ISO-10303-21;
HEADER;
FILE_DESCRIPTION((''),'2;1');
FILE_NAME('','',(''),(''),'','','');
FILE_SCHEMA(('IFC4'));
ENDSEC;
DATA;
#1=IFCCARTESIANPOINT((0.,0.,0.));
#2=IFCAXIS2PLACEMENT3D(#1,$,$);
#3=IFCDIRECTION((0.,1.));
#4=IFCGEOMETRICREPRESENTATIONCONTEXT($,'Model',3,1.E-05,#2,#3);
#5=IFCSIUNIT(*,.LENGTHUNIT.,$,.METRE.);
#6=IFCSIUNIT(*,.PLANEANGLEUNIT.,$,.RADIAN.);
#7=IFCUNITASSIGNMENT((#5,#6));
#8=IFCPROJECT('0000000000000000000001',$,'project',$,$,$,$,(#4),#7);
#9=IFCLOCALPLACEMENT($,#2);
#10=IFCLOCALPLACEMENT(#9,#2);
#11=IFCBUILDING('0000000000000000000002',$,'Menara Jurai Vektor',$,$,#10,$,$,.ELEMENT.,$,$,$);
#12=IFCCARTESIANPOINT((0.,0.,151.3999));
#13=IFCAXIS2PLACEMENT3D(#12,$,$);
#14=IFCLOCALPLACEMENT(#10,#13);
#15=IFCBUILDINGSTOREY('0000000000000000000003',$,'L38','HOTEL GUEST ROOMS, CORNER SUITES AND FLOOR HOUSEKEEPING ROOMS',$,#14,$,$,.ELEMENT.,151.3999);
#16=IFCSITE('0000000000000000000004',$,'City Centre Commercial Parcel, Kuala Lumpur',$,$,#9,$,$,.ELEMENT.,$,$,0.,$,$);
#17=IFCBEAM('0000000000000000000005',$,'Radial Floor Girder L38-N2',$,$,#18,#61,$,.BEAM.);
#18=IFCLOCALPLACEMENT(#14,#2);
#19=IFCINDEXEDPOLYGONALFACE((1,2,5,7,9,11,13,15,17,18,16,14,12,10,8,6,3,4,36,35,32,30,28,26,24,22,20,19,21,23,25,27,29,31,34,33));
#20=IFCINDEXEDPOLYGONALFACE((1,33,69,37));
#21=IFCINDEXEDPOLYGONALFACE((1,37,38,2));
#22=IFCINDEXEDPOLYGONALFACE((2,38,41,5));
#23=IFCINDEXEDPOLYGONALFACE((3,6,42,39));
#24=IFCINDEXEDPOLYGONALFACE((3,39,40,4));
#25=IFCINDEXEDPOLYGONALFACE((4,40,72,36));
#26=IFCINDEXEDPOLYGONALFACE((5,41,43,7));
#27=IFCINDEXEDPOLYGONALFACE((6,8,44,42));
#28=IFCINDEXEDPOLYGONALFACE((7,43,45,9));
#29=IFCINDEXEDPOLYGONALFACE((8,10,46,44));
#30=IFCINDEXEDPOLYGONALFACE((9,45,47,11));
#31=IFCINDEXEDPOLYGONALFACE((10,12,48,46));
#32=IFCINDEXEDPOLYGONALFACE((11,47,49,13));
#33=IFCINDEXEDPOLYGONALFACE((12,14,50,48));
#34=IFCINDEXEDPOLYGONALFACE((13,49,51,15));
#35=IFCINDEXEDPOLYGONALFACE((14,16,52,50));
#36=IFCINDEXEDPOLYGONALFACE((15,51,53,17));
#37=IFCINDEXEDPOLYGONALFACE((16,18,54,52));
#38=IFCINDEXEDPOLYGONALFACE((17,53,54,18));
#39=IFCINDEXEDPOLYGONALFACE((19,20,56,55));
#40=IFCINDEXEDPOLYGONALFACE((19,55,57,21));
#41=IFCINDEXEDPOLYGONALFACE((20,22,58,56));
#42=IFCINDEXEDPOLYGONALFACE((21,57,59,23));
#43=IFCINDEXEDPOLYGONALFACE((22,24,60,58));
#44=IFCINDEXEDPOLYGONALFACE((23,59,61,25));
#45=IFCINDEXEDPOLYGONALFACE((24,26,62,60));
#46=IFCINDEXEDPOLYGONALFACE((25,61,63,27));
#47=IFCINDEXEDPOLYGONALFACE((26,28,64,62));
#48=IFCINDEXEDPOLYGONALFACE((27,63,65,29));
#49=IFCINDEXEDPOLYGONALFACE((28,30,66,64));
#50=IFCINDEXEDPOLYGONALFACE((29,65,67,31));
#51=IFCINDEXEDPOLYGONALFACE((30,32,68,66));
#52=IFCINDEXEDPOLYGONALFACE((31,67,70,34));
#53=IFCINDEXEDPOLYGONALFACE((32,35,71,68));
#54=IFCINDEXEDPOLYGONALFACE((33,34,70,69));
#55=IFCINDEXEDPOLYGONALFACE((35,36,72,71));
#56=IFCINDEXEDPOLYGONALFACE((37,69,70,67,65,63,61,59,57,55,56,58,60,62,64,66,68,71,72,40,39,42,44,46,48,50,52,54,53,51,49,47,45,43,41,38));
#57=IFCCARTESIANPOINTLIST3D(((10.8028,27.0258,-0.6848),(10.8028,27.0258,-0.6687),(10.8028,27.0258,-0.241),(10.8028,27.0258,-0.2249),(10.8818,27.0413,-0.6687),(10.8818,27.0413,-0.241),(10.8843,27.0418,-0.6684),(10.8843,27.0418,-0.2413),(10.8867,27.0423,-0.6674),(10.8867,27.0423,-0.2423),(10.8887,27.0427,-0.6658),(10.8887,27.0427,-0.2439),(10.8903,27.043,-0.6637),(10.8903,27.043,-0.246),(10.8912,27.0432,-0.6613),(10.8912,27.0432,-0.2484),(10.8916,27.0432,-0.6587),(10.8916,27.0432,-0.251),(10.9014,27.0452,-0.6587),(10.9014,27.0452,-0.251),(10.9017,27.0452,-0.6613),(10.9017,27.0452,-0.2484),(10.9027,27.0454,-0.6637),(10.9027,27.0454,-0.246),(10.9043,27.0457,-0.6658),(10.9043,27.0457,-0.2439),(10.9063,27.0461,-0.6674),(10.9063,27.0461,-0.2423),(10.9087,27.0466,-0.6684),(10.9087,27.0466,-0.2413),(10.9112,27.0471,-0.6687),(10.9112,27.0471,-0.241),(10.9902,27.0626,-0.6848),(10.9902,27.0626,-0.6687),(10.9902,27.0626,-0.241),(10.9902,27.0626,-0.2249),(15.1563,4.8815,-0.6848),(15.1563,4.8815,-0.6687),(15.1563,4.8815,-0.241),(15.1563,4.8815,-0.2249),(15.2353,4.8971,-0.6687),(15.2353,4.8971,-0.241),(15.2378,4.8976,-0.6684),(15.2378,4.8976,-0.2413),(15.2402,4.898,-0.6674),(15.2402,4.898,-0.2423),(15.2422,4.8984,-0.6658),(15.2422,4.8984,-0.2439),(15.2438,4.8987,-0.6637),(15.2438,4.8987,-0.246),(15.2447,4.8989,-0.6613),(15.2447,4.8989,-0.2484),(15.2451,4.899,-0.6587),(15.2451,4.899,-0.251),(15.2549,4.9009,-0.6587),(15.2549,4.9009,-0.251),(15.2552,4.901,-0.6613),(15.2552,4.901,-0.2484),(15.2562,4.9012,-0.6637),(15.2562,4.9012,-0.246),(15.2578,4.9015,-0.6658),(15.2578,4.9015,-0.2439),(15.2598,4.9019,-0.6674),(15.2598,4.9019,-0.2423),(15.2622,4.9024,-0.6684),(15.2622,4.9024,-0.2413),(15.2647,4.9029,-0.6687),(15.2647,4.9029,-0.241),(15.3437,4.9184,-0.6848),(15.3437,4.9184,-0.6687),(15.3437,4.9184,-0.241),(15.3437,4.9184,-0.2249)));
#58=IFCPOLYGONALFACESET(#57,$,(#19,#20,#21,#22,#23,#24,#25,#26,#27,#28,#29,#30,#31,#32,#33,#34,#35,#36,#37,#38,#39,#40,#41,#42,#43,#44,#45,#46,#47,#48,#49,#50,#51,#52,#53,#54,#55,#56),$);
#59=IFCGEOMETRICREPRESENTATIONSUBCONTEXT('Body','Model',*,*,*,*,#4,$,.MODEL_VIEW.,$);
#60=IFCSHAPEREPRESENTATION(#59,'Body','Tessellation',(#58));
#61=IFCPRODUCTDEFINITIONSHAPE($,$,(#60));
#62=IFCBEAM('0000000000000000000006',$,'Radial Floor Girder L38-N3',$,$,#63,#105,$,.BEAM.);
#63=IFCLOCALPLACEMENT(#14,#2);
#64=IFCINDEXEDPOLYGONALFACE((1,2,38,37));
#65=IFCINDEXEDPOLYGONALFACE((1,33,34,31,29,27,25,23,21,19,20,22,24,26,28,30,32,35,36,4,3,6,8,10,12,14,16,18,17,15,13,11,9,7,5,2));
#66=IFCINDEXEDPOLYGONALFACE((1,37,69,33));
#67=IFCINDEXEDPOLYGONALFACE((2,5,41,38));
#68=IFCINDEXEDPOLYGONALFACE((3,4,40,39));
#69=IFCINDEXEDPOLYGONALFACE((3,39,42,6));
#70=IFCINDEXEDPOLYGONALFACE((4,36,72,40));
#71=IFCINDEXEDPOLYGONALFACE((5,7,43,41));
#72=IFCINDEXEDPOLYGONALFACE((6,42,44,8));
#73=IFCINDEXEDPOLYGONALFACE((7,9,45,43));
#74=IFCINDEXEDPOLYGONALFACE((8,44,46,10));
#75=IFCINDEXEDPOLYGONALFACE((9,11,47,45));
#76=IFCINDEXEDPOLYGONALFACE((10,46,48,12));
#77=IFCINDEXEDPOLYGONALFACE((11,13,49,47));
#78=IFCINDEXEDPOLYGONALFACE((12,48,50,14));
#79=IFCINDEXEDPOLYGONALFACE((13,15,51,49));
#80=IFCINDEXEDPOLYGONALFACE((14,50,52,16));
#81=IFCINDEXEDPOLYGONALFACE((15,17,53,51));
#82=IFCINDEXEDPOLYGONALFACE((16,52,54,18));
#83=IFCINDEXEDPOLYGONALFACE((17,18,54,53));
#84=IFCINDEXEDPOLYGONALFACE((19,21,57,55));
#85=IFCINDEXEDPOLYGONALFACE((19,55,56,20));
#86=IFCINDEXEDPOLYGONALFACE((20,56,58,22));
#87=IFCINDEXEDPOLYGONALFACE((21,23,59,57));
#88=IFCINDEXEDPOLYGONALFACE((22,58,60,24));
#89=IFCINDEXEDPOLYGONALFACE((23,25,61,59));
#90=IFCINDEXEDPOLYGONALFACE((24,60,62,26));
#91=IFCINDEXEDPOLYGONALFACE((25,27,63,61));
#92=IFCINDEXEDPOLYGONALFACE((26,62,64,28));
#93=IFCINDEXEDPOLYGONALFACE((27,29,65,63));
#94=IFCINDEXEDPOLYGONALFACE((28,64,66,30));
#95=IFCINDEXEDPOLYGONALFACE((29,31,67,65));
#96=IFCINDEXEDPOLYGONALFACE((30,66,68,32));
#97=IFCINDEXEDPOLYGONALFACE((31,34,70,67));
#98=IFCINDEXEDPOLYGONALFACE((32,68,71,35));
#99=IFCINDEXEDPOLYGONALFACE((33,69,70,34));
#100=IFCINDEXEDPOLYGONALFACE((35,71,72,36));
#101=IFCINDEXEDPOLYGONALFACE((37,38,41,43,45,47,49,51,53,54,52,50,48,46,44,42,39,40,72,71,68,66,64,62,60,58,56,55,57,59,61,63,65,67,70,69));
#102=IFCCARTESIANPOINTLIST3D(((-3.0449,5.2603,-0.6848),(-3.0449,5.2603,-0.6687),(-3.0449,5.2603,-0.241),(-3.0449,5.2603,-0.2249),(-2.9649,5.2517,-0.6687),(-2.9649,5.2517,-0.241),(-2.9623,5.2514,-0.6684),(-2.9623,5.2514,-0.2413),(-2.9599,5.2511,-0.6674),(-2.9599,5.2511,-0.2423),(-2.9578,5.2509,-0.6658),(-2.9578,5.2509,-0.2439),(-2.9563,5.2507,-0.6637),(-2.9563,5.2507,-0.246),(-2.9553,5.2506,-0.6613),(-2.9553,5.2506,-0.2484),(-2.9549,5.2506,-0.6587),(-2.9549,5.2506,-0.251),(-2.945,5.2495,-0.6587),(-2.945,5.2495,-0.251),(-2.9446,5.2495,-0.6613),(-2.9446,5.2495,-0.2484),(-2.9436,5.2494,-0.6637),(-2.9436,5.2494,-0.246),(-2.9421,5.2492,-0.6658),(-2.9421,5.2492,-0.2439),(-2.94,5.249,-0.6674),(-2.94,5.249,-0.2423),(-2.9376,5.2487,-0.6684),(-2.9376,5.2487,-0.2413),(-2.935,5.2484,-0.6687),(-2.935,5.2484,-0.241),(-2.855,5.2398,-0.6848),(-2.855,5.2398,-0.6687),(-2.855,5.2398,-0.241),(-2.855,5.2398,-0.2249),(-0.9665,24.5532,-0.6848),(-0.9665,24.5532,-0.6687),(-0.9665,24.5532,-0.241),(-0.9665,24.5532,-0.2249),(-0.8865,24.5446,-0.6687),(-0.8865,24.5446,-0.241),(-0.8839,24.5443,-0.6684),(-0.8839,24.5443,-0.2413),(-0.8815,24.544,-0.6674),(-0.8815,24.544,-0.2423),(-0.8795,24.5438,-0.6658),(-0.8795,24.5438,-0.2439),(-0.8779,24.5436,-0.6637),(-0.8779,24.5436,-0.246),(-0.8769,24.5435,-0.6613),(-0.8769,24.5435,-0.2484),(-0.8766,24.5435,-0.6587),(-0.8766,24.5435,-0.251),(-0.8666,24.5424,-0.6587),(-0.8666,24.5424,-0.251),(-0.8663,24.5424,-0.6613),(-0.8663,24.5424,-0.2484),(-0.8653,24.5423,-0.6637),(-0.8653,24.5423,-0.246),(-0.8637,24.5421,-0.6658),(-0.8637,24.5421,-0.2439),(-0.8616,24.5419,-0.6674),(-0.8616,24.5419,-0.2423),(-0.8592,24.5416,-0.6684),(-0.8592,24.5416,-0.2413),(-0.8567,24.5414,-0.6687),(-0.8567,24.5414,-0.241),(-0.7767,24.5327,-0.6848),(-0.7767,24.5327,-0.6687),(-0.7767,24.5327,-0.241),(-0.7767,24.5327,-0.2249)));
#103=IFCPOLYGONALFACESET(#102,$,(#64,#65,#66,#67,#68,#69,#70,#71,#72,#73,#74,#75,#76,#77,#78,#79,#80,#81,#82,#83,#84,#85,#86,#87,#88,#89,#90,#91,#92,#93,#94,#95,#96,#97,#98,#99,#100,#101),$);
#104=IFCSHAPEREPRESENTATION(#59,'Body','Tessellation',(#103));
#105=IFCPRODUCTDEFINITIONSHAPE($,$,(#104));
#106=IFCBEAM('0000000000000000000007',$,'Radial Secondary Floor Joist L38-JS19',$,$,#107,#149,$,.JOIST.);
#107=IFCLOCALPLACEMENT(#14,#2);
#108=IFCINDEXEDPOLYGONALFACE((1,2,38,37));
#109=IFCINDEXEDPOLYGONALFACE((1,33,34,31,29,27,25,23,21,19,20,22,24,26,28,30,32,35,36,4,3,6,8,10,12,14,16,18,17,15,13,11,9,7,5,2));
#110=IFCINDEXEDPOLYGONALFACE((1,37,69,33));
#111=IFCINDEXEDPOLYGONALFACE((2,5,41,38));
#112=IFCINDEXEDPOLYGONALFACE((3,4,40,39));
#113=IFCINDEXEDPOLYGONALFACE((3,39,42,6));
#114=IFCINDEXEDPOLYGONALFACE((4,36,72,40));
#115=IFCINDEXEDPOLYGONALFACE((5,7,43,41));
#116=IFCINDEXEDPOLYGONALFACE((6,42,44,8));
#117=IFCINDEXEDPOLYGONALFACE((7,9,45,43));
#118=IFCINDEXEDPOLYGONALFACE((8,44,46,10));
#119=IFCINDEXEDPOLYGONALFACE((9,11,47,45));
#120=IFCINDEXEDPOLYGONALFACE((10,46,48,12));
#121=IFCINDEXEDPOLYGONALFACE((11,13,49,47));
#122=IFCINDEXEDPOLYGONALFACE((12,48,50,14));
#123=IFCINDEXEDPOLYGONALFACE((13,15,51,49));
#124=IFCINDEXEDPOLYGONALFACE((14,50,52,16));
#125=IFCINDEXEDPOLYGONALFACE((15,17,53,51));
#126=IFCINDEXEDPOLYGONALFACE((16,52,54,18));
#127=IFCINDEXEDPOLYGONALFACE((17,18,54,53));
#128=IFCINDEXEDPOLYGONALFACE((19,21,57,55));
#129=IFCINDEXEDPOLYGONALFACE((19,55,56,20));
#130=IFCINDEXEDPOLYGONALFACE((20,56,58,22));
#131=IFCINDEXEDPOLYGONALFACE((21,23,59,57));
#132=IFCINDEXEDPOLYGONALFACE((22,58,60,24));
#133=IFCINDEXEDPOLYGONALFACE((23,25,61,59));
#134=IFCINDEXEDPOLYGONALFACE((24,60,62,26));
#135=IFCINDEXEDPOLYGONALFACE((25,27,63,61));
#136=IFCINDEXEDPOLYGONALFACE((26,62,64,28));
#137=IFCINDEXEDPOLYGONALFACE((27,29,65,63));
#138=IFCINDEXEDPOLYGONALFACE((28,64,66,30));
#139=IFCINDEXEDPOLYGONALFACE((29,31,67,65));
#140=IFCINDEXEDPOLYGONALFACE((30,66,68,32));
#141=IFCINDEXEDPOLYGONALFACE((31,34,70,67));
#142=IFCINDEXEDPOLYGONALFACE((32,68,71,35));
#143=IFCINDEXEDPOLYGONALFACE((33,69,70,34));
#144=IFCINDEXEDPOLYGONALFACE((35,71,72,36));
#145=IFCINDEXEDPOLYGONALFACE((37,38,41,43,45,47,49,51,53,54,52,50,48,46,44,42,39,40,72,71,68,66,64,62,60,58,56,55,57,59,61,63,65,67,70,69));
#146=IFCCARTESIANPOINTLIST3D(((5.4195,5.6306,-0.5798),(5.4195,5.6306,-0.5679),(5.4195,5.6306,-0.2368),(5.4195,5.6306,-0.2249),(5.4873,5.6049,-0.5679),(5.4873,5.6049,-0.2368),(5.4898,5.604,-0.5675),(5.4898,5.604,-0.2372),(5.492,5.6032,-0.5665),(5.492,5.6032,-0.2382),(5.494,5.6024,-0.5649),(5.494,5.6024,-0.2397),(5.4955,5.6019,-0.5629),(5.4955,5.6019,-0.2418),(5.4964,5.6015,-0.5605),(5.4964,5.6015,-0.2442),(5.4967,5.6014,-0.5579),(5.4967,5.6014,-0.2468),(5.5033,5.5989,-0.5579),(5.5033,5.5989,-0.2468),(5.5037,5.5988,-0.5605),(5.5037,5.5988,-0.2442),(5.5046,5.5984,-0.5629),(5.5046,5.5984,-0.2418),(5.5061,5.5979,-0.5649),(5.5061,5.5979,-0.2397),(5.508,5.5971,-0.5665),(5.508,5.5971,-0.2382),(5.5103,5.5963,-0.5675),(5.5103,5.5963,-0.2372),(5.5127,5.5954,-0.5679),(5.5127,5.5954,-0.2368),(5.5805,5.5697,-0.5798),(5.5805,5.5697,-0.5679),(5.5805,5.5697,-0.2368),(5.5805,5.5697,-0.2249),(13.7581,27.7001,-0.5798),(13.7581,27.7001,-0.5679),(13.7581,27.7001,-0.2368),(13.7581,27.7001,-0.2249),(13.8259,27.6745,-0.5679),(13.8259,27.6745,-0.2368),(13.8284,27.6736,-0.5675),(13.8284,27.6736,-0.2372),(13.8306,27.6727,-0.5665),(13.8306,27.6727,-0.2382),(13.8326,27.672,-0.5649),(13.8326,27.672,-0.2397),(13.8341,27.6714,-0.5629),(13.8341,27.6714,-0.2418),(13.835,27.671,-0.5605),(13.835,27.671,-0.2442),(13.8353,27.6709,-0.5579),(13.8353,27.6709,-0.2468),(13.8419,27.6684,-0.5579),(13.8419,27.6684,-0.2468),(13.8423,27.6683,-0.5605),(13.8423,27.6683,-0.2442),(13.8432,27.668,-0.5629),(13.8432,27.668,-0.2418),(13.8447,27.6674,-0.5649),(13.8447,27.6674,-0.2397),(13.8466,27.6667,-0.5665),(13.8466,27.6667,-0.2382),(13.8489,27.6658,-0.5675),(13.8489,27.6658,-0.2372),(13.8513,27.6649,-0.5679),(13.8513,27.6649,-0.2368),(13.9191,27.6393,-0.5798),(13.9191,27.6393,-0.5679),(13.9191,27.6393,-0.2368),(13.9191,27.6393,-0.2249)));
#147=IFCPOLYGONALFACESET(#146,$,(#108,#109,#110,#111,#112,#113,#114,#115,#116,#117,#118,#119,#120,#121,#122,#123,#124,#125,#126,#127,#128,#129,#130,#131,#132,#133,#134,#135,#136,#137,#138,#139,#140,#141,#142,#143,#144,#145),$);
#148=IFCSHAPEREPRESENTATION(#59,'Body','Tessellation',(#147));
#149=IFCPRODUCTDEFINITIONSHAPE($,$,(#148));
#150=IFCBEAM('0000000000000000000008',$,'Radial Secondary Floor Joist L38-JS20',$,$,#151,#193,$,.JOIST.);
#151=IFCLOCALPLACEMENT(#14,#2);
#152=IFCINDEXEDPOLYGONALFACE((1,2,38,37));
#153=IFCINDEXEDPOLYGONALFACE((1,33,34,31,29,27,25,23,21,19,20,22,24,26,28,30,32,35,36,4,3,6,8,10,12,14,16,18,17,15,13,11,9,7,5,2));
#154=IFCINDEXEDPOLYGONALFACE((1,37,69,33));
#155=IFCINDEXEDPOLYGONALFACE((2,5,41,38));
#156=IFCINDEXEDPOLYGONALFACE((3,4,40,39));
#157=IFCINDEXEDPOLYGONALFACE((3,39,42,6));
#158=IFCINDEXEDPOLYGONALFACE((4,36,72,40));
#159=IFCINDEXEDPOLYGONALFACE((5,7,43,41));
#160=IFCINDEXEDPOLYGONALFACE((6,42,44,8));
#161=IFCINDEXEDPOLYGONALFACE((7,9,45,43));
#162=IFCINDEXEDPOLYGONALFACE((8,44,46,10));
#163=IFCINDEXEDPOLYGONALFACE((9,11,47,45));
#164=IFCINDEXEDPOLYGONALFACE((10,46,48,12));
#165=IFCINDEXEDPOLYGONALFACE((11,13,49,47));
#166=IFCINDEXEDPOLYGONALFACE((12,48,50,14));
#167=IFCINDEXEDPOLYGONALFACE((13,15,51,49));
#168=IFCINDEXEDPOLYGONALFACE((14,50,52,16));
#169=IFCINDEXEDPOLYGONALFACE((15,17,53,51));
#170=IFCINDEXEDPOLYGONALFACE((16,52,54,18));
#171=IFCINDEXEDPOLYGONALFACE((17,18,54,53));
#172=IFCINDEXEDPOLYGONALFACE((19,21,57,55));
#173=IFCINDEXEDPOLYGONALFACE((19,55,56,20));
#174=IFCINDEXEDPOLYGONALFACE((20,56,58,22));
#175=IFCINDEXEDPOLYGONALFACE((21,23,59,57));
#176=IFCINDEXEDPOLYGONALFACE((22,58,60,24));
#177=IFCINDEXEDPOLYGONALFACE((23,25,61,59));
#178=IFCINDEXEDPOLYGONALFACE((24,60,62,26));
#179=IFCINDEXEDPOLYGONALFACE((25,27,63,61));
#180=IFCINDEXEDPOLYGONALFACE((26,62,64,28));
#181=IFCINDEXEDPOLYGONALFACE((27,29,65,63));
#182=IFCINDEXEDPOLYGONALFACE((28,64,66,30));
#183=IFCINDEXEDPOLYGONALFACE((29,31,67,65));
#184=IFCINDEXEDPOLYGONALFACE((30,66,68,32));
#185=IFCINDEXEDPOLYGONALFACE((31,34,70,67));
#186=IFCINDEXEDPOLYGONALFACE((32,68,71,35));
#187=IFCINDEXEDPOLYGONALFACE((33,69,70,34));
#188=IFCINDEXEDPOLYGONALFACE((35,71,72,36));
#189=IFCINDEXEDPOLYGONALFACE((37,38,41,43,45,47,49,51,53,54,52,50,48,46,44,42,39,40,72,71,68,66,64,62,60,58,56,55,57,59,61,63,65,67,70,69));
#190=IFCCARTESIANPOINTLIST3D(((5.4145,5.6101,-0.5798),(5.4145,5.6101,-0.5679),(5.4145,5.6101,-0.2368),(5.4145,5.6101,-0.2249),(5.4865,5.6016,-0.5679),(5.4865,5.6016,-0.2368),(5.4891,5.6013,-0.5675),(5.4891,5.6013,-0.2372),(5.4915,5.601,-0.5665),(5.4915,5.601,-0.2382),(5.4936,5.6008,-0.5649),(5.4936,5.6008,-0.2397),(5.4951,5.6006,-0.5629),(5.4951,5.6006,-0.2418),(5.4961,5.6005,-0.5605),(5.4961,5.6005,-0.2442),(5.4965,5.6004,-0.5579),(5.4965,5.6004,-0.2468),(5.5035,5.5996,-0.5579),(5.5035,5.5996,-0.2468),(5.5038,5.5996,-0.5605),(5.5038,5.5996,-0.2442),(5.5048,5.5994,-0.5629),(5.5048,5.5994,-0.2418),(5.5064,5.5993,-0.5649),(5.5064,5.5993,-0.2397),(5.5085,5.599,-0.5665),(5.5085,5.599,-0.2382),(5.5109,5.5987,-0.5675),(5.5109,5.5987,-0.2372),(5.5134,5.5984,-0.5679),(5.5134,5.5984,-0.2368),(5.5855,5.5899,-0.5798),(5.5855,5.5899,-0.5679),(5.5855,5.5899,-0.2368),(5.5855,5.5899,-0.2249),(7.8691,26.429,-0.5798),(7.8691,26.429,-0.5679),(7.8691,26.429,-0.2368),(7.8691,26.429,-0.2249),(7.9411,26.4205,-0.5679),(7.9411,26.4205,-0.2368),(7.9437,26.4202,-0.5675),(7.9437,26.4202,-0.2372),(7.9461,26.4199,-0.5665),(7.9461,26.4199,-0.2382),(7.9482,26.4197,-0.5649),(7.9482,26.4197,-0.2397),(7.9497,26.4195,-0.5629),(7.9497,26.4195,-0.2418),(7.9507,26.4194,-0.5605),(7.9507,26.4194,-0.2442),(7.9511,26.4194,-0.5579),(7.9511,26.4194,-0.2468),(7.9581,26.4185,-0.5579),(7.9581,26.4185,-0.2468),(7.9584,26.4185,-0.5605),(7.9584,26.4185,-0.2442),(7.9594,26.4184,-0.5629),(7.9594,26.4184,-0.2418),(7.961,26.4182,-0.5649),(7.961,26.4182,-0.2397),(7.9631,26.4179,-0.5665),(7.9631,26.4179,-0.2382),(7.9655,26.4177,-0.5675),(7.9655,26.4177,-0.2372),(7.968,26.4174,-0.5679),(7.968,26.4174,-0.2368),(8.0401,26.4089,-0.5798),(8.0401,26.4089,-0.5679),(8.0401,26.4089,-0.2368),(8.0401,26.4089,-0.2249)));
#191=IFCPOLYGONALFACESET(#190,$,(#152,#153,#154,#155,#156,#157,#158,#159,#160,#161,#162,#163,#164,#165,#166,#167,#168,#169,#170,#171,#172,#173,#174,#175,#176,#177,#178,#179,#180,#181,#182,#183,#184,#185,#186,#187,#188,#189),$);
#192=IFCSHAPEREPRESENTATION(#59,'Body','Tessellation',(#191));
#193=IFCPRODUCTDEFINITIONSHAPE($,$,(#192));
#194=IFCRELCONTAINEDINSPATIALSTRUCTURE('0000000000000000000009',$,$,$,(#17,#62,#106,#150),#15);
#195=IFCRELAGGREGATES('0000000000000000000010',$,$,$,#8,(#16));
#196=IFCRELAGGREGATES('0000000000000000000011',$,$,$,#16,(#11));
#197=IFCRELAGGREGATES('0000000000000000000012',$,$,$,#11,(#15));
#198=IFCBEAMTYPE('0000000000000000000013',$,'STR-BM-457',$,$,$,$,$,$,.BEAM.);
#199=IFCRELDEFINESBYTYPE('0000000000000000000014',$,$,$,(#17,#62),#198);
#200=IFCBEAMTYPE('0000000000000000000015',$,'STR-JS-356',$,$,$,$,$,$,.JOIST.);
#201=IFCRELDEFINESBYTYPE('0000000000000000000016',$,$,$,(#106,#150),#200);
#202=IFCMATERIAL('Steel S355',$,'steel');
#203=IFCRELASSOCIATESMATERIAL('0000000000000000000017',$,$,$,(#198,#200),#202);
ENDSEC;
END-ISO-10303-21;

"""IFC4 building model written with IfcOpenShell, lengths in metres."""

from ifc_helpers import new_model, si_unit, direction, frame, origin, origin_2d, place, context, subcontext, project, spatial, i_section, extrude, material, material_profile, profile_set, type_object, element, save


model = new_model("IFC4")

# Units and contexts
model_context = context("Model", 3, precision=1e-05, world=origin(), true_north=direction((0.0, 1.0)))
body_context = subcontext(model_context, "Body", "Model", "MODEL_VIEW")
ifc_project = project(units=[si_unit("LENGTHUNIT", "METRE"), si_unit("PLANEANGLEUNIT", "RADIAN")], contexts=[model_context])

# Site, building, storey
site_placement = place(None, origin())
site = spatial("IfcSite", under=ifc_project, at=site_placement, Name="City Centre Commercial Parcel, Kuala Lumpur", CompositionType="ELEMENT", RefElevation=0.0)
building_placement = place(site_placement, origin())
building = spatial("IfcBuilding", under=site, at=building_placement, Name="Menara Jurai Vektor", CompositionType="ELEMENT")
storey_placement = place(building_placement, frame((0.0, 0.0, 151.3999)))
storey = spatial("IfcBuildingStorey", under=building, at=storey_placement, Name="L38", Description="HOTEL GUEST ROOMS, CORNER SUITES AND FLOOR HOUSEKEEPING ROOMS", CompositionType="ELEMENT", Elevation=151.3999)

# Beams
ifc_material_1 = material(Name="Steel S355", Category="steel")
ifc_material_profile_1 = material_profile(ifc_material_1, i_section(OverallWidth=0.1909, OverallDepth=0.46, WebThickness=0.01, FlangeThickness=0.0161, FilletRadius=0.01, at=origin_2d()), Name="UKB 457x191x82")
ifc_profile_set_1 = profile_set([ifc_material_profile_1], Name="Steel S355")
beam_type_1 = type_object("IfcBeamType", Name="STR-BM-457", PredefinedType="BEAM", material=ifc_profile_set_1)
beam_1_placement = place(storey_placement, frame((10.8965, 27.0442, -0.4548), z_axis=(0.192905, -0.981217, 0.0), x_axis=(0.981217, 0.192905, 0.0)))
element("IfcBeam", 1, at=beam_1_placement, inside=storey, type_object=beam_type_1, Name="Radial Floor Girder L38-N2", PredefinedType="BEAM", context=body_context, shape_type="SweptSolid", body=[
    extrude(i_section(OverallWidth=0.1909, OverallDepth=0.46, WebThickness=0.01, FlangeThickness=0.0161, FilletRadius=0.01, at=origin_2d()), origin(), (0.0, 0.0, 1.0), 22.5681),
])
beam_2_placement = place(storey_placement, frame((-0.8716, 24.543, -0.4548), z_axis=(-0.107107, -0.994247, 0.0), x_axis=(0.994247, -0.107107, 0.0)))
element("IfcBeam", 2, at=beam_2_placement, inside=storey, type_object=beam_type_1, Name="Radial Floor Girder L38-N3", PredefinedType="BEAM", context=body_context, shape_type="SweptSolid", body=[
    extrude(i_section(OverallWidth=0.1909, OverallDepth=0.46, WebThickness=0.01, FlangeThickness=0.0161, FilletRadius=0.01, at=origin_2d()), origin(), (0.0, 0.0, 1.0), 19.4045),
])
ifc_material_profile_2 = material_profile(ifc_material_1, i_section(OverallWidth=0.1721, OverallDepth=0.355, WebThickness=0.0071, FlangeThickness=0.012, FilletRadius=0.01, at=origin_2d()), Name="UKB 356x171x51")
ifc_profile_set_2 = profile_set([ifc_material_profile_2], Name="Steel S355")
beam_type_2 = type_object("IfcBeamType", Name="STR-JS-356", PredefinedType="JOIST", material=ifc_profile_set_2)
beam_3_placement = place(storey_placement, frame((13.8386, 27.6697, -0.4023), z_axis=(-0.353446, -0.935455, 0.0), x_axis=(0.935455, -0.353446, 0.0)))
element("IfcBeam", 3, at=beam_3_placement, inside=storey, type_object=beam_type_2, Name="Radial Secondary Floor Joist L38-JS19", PredefinedType="JOIST", context=body_context, shape_type="SweptSolid", body=[
    extrude(i_section(OverallWidth=0.1721, OverallDepth=0.355, WebThickness=0.0071, FlangeThickness=0.012, FilletRadius=0.01, at=origin_2d()), origin(), (0.0, 0.0, 1.0), 23.5923),
])
beam_4_placement = place(storey_placement, frame((7.9546, 26.4189, -0.4023), z_axis=(-0.117091, -0.993121, 0.0), x_axis=(0.993121, -0.117091, 0.0)))
element("IfcBeam", 4, at=beam_4_placement, inside=storey, type_object=beam_type_2, Name="Radial Secondary Floor Joist L38-JS20", PredefinedType="JOIST", context=body_context, shape_type="SweptSolid", body=[
    extrude(i_section(OverallWidth=0.1721, OverallDepth=0.355, WebThickness=0.0071, FlangeThickness=0.012, FilletRadius=0.01, at=origin_2d()), origin(), (0.0, 0.0, 1.0), 20.9631),
])

save(model, "model.ifc")
